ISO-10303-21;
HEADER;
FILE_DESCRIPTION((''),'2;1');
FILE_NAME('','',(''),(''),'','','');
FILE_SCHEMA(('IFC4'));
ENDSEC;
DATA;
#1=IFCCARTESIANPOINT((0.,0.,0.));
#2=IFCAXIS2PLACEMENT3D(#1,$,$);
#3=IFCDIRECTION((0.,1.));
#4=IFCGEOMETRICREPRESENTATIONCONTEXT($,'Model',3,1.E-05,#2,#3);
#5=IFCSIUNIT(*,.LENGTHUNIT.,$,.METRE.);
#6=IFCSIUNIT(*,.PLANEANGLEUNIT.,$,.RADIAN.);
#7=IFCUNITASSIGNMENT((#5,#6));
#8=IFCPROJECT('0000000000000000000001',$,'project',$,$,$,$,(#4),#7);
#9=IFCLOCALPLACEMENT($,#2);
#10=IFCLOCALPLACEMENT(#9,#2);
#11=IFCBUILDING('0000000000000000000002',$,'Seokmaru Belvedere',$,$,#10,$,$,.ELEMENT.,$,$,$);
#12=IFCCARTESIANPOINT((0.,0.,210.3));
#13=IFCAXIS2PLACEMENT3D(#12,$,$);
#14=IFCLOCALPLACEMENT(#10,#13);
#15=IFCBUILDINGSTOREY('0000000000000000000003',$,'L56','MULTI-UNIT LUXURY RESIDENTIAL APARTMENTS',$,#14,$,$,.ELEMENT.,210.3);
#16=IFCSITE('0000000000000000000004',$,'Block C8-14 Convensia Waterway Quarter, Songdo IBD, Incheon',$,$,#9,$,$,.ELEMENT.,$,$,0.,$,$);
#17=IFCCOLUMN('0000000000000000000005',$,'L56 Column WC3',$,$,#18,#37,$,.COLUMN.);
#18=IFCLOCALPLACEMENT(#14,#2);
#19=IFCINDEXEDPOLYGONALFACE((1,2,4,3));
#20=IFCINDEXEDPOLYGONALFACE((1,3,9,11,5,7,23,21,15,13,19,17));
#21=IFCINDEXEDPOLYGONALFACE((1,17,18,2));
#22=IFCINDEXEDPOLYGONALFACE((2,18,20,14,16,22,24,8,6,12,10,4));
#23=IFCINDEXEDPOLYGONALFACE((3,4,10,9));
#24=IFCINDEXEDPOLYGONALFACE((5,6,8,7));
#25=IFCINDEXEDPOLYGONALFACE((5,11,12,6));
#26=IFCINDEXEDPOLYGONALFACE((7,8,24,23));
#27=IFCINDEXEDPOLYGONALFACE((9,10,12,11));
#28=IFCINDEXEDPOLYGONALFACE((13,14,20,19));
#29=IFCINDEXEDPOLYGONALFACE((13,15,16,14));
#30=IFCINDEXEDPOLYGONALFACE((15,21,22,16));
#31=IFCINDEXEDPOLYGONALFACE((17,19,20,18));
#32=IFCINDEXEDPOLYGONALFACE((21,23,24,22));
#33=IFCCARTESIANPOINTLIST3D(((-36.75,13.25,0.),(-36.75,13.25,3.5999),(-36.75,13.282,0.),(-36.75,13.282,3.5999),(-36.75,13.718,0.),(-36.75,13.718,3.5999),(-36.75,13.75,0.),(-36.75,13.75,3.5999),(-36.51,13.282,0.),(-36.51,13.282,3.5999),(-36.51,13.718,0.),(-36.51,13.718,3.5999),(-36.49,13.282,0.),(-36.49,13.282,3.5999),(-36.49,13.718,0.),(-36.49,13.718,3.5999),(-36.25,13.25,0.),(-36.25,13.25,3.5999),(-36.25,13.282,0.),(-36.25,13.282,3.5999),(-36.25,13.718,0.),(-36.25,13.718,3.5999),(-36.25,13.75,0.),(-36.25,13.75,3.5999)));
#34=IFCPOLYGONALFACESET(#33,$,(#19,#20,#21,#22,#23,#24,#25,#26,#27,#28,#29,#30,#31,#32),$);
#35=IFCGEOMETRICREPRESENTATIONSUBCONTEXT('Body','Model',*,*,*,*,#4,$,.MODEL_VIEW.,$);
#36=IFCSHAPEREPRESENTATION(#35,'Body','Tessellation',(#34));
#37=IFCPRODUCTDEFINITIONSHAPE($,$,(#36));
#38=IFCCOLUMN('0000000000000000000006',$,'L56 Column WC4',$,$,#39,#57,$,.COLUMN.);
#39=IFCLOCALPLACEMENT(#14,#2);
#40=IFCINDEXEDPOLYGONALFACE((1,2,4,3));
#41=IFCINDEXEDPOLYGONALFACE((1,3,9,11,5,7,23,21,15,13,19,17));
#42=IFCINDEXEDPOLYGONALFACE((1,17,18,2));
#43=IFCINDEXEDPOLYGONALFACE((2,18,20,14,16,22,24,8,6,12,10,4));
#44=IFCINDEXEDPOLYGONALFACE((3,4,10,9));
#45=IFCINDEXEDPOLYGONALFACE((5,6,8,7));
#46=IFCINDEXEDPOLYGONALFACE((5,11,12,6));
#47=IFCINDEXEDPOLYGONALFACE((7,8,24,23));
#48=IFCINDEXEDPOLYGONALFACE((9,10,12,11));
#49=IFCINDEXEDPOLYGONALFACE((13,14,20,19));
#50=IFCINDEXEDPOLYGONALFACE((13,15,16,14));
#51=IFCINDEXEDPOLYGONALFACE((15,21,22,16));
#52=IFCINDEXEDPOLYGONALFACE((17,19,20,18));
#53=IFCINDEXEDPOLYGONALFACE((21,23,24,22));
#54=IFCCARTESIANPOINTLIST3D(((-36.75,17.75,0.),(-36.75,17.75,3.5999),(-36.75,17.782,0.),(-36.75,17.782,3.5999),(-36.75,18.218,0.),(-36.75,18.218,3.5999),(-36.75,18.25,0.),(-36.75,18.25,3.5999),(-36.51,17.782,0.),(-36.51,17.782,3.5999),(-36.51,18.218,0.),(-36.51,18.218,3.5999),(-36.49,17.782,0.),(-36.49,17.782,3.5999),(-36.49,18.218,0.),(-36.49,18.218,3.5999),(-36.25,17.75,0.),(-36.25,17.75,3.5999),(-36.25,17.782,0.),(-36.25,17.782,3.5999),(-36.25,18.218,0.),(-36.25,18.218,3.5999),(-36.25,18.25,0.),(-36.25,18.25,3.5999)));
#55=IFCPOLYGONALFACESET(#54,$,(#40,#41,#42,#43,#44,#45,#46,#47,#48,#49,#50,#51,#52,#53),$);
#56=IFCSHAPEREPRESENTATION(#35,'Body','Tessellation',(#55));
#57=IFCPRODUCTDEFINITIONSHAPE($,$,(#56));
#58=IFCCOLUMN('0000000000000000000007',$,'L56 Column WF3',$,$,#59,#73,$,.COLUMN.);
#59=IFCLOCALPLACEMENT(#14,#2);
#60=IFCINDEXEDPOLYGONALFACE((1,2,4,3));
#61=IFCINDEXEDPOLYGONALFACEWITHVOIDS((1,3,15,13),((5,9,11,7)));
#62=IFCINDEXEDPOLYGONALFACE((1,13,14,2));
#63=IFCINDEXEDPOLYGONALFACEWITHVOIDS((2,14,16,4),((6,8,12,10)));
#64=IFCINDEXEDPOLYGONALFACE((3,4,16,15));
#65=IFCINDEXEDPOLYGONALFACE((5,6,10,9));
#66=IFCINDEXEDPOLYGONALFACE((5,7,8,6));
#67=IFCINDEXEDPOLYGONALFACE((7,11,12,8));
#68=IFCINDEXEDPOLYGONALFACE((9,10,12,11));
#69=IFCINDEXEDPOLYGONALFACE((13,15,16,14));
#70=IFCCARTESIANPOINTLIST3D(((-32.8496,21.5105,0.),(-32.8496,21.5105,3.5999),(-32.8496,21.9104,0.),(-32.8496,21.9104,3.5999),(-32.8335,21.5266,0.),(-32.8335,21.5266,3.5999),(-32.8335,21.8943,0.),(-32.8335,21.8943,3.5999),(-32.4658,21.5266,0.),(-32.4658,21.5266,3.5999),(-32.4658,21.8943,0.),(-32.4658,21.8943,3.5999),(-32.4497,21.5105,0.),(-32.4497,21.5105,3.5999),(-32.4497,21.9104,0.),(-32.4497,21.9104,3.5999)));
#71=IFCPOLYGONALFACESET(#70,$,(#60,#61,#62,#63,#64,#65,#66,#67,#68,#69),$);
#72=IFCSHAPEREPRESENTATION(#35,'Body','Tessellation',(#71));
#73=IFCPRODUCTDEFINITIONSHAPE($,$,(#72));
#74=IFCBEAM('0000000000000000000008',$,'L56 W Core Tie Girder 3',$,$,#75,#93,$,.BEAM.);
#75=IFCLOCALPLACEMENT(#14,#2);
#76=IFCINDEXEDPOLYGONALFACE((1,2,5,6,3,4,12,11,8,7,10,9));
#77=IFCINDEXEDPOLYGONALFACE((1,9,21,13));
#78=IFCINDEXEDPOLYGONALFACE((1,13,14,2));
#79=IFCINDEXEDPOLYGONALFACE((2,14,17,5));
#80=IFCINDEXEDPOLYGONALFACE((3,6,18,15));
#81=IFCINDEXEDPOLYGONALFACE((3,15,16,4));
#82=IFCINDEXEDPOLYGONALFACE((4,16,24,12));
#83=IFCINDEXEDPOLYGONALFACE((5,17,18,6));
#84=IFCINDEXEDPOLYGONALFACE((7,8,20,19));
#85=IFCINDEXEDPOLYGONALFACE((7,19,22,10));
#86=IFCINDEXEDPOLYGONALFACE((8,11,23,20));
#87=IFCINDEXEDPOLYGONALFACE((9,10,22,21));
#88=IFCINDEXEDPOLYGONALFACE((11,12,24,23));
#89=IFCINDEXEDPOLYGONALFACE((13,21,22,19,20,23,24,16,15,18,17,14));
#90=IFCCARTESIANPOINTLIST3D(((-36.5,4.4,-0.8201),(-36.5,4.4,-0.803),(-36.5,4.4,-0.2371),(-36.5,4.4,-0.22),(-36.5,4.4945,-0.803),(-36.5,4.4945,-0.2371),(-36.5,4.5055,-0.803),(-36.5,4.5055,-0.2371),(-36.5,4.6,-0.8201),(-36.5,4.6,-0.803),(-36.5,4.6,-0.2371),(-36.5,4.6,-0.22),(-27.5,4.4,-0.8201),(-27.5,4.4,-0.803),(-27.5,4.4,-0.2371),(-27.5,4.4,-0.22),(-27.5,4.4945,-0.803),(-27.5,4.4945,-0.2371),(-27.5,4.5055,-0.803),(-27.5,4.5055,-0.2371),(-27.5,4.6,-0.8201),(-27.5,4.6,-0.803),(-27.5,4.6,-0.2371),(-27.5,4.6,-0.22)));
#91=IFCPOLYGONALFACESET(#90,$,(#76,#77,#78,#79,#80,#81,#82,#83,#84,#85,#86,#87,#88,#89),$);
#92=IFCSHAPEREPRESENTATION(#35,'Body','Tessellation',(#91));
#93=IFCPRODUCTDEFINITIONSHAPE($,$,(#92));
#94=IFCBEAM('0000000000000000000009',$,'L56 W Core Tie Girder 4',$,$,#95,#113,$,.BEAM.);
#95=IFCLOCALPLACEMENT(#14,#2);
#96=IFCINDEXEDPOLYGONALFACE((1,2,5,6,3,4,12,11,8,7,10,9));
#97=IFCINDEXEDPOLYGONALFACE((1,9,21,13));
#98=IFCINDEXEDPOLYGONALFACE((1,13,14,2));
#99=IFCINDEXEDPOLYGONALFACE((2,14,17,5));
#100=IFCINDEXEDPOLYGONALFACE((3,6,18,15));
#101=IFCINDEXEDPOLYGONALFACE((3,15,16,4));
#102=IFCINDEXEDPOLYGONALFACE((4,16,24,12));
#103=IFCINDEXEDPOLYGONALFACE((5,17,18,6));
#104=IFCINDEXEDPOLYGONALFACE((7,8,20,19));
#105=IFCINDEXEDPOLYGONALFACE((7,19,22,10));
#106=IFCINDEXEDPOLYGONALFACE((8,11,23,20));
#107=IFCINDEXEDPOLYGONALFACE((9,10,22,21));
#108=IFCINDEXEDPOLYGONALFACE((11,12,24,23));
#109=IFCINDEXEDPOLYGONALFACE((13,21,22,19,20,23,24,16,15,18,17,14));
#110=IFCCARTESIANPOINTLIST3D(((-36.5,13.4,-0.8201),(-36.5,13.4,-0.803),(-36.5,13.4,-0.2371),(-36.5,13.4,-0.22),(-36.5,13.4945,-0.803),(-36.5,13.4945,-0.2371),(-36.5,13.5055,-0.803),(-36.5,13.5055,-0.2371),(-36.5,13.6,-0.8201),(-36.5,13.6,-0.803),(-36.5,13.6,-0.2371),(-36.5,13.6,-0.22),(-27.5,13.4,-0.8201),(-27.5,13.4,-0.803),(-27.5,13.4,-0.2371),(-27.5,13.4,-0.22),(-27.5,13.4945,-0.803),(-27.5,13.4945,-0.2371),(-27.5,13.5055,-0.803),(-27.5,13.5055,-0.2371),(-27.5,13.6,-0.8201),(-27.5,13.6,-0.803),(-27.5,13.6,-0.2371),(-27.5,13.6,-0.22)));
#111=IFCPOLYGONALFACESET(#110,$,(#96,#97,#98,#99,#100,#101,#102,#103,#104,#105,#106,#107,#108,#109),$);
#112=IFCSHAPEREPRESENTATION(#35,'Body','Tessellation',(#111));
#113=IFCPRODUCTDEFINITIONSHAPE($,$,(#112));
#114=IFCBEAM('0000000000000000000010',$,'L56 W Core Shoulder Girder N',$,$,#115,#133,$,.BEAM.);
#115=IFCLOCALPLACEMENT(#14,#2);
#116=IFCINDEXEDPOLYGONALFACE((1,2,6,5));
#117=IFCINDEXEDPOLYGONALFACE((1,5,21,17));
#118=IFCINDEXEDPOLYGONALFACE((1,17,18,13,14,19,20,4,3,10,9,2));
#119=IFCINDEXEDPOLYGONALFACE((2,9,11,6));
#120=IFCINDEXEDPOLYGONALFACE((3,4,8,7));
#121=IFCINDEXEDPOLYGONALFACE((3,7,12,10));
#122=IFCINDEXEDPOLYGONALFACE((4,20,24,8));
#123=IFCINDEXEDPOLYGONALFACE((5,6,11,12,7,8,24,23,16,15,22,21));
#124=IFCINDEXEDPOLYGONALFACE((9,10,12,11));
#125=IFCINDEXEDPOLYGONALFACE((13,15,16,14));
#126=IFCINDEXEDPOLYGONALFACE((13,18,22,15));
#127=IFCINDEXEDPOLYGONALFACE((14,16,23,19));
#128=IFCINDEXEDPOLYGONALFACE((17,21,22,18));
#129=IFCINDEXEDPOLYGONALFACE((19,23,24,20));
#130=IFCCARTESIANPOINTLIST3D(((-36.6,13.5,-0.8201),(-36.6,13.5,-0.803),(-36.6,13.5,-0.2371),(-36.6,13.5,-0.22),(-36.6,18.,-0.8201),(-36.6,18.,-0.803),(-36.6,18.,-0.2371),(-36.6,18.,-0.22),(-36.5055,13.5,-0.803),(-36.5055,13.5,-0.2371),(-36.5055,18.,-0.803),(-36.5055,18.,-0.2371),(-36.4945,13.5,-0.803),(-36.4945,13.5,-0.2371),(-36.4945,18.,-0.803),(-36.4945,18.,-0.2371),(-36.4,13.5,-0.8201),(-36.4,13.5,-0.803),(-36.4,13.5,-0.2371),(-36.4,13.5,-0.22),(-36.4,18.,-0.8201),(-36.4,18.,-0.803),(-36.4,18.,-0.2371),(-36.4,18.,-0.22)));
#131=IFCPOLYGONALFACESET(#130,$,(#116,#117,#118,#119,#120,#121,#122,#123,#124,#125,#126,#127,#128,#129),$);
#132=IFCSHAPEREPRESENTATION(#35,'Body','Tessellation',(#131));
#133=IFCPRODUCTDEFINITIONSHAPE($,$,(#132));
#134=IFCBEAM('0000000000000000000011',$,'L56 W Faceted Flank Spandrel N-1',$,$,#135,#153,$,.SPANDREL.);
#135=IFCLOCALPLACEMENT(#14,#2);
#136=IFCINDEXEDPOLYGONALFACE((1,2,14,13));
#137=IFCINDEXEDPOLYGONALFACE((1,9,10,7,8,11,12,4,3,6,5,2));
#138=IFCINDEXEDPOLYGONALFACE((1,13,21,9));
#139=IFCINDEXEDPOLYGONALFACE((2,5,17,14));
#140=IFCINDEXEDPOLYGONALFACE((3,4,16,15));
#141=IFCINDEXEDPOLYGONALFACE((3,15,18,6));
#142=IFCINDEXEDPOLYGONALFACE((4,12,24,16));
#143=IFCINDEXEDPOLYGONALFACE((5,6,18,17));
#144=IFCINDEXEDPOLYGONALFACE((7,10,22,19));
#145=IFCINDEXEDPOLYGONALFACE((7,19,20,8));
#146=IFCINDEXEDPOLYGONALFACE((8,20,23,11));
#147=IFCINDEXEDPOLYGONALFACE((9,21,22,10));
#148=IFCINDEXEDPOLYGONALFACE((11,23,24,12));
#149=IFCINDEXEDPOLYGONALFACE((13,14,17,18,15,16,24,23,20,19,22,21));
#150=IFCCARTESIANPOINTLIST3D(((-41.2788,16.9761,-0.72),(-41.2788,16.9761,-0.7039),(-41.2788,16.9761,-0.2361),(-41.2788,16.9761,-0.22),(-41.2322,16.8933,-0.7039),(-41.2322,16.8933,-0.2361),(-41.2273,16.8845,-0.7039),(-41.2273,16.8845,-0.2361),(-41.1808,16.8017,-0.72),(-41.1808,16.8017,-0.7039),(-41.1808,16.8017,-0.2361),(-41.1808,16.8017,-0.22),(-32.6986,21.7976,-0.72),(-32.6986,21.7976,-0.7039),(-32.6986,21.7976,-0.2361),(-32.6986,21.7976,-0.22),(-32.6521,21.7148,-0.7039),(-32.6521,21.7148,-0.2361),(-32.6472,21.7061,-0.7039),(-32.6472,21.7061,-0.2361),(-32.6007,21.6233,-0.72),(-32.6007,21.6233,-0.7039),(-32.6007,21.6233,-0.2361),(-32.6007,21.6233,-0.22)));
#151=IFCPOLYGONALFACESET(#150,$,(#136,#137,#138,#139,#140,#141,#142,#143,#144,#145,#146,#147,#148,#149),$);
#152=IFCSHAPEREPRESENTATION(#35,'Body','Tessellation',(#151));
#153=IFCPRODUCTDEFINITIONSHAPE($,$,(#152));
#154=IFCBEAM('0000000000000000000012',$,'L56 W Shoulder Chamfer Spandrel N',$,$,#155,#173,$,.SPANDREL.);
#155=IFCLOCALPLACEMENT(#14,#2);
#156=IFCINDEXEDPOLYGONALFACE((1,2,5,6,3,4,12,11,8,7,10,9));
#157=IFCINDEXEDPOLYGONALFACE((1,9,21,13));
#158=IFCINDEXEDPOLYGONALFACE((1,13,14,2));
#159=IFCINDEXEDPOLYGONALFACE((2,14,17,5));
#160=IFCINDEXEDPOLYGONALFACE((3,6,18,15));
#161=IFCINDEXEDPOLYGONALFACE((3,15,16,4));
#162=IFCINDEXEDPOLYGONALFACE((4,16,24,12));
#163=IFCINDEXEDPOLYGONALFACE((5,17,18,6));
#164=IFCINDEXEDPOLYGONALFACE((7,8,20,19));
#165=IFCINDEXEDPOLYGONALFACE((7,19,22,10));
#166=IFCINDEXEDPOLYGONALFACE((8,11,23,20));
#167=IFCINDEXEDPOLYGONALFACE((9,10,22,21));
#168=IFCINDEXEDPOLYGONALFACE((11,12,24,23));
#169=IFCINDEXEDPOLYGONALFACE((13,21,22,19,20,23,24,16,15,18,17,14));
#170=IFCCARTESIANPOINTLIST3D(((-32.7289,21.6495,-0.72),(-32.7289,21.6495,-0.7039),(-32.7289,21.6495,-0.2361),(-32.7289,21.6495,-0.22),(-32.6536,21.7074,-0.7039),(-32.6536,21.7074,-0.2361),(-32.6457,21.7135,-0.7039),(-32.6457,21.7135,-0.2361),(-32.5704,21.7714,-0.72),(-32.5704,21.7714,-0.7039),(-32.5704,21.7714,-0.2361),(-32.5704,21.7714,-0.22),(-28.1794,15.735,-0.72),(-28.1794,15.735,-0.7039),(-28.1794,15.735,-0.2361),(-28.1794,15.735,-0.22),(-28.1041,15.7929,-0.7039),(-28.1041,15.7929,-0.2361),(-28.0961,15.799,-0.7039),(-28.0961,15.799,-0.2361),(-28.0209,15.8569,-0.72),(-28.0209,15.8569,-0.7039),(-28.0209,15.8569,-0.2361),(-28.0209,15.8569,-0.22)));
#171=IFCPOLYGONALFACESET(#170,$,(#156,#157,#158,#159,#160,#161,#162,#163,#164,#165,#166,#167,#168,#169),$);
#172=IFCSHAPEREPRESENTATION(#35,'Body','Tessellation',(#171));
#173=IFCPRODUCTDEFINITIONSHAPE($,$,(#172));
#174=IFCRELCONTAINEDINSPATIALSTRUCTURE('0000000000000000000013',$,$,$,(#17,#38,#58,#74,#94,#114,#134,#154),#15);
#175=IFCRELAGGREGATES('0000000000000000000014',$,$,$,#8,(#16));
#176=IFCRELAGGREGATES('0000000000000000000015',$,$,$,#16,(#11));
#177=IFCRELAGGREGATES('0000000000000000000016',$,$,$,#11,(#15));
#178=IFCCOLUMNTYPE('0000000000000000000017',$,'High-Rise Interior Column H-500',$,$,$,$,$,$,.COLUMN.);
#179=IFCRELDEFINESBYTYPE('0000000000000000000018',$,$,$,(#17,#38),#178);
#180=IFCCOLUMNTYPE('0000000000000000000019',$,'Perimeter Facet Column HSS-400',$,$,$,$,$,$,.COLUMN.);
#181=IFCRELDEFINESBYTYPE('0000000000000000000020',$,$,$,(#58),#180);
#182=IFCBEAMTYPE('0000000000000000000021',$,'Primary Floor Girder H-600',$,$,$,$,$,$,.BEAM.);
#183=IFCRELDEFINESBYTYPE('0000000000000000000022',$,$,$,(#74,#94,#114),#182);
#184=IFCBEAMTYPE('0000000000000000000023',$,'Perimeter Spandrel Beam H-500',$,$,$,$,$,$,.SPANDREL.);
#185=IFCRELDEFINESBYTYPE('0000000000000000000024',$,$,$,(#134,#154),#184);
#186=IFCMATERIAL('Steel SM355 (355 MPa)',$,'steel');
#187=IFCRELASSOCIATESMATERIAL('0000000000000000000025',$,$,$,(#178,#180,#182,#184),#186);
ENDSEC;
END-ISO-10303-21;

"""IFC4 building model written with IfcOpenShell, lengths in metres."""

from ifc_helpers import new_model, si_unit, direction, frame, origin, origin_2d, place, context, subcontext, project, spatial, hollow_rectangle, i_section, extrude, source, transform, mapped, material, material_profile, profile_set, type_object, type_shapes, element, save


model = new_model("IFC4")

# Units and contexts
model_context = context("Model", 3, precision=1e-05, world=origin(), true_north=direction((0.0, 1.0)))
body_context = subcontext(model_context, "Body", "Model", "MODEL_VIEW")
ifc_project = project(units=[si_unit("LENGTHUNIT", "METRE"), si_unit("PLANEANGLEUNIT", "RADIAN")], contexts=[model_context])

# Site, building, storey
site_placement = place(None, origin())
site = spatial("IfcSite", under=ifc_project, at=site_placement, Name="Block C8-14 Convensia Waterway Quarter, Songdo IBD, Incheon", CompositionType="ELEMENT", RefElevation=0.0)
building_placement = place(site_placement, origin())
building = spatial("IfcBuilding", under=site, at=building_placement, Name="Seokmaru Belvedere", CompositionType="ELEMENT")
storey_placement = place(building_placement, frame((0.0, 0.0, 210.3)))
storey = spatial("IfcBuildingStorey", under=building, at=storey_placement, Name="L56", Description="MULTI-UNIT LUXURY RESIDENTIAL APARTMENTS", CompositionType="ELEMENT", Elevation=210.3)

# Columns
ifc_material_1 = material(Name="Steel SM355 (355 MPa)", Category="steel")
ifc_material_profile_1 = material_profile(ifc_material_1, i_section(OverallWidth=0.5, OverallDepth=0.5, WebThickness=0.02, FlangeThickness=0.032, at=origin_2d()), Name="H-500x500x20x32")
ifc_profile_set_1 = profile_set([ifc_material_profile_1], Name="Steel SM355 (355 MPa)")
column_type_1 = type_object("IfcColumnType", Name="High-Rise Interior Column H-500", PredefinedType="COLUMN", material=ifc_profile_set_1)
shared_shape_1 = source(origin(), body_context, "Body", "SweptSolid", [
    extrude(i_section(OverallWidth=0.5, OverallDepth=0.5, WebThickness=0.02, FlangeThickness=0.032, at=origin_2d()), origin(), (0.0, 0.0, 1.0), 3.5999),
])
type_shapes(column_type_1, [shared_shape_1])
for number, where, z_axis, x_axis, name in (
    (1, (-36.5, 13.5, 0.0), (0.0, 0.0, 1.0), (1.0, 0.0, 0.0), "L56 Column WC3"),
    (2, (-36.5, 18.0, 0.0), (0.0, 0.0, 1.0), (1.0, 0.0, 0.0), "L56 Column WC4"),
):
    element("IfcColumn", number, at=place(storey_placement, frame(where, z_axis=z_axis, x_axis=x_axis)), inside=storey, type_object=column_type_1, Name=name, PredefinedType="COLUMN", context=body_context, shape_type="MappedRepresentation", body=[
        mapped(shared_shape_1, transform((0.0, 0.0, 0.0), scale=1.0)),
    ])
ifc_material_profile_2 = material_profile(ifc_material_1, hollow_rectangle(XDim=0.3999, YDim=0.3999, WallThickness=0.0161, at=origin_2d()), Name="HSS-400x400x16")
ifc_profile_set_2 = profile_set([ifc_material_profile_2], Name="Steel SM355 (355 MPa)")
column_type_2 = type_object("IfcColumnType", Name="Perimeter Facet Column HSS-400", PredefinedType="COLUMN", material=ifc_profile_set_2)
shared_shape_2 = source(origin(), body_context, "Body", "SweptSolid", [
    extrude(hollow_rectangle(XDim=0.3999, YDim=0.3999, WallThickness=0.0161, at=origin_2d()), origin(), (0.0, 0.0, 1.0), 3.5999),
])
type_shapes(column_type_2, [shared_shape_2])
column_placement = place(storey_placement, frame((-32.6497, 21.7104, 0.0), z_axis=(0.0, 0.0, 1.0), x_axis=(1.0, 0.0, 0.0)))
element("IfcColumn", 3, at=column_placement, inside=storey, type_object=column_type_2, Name="L56 Column WF3", PredefinedType="COLUMN", context=body_context, shape_type="MappedRepresentation", body=[
    mapped(shared_shape_2, transform((0.0, 0.0, 0.0), scale=1.0)),
])

# Beams
ifc_material_profile_3 = material_profile(ifc_material_1, i_section(OverallWidth=0.2, OverallDepth=0.6001, WebThickness=0.011, FlangeThickness=0.0171, at=origin_2d()), Name="H-600x200x11x17")
ifc_profile_set_3 = profile_set([ifc_material_profile_3], Name="Steel SM355 (355 MPa)")
beam_type_1 = type_object("IfcBeamType", Name="Primary Floor Girder H-600", PredefinedType="BEAM", material=ifc_profile_set_3)
shared_shape_3 = source(origin(), body_context, "Body", "SweptSolid", [
    extrude(i_section(OverallWidth=0.2, OverallDepth=0.6001, WebThickness=0.011, FlangeThickness=0.0171, at=origin_2d()), origin(), (0.0, 0.0, 1.0), 9.0),
])
for number, where, z_axis, x_axis, name in (
    (4, (-36.5, 4.5, -0.52), (1.0, 0.0, 0.0), (0.0, 1.0, 0.0), "L56 W Core Tie Girder 3"),
    (5, (-36.5, 13.5, -0.52), (1.0, 0.0, 0.0), (0.0, 1.0, 0.0), "L56 W Core Tie Girder 4"),
):
    element("IfcBeam", number, at=place(storey_placement, frame(where, z_axis=z_axis, x_axis=x_axis)), inside=storey, type_object=beam_type_1, Name=name, PredefinedType="BEAM", context=body_context, shape_type="MappedRepresentation", body=[
        mapped(shared_shape_3, transform((0.0, 0.0, 0.0), scale=1.0)),
    ])
shared_shape_4 = source(origin(), body_context, "Body", "SweptSolid", [
    extrude(i_section(OverallWidth=0.2, OverallDepth=0.6001, WebThickness=0.011, FlangeThickness=0.0171, at=origin_2d()), origin(), (0.0, 0.0, 1.0), 4.5),
])
type_shapes(beam_type_1, [shared_shape_3, shared_shape_4])
beam_1_placement = place(storey_placement, frame((-36.5, 13.5, -0.52), z_axis=(0.0, 1.0, 0.0), x_axis=(-1.0, 0.0, 0.0)))
element("IfcBeam", 6, at=beam_1_placement, inside=storey, type_object=beam_type_1, Name="L56 W Core Shoulder Girder N", PredefinedType="BEAM", context=body_context, shape_type="MappedRepresentation", body=[
    mapped(shared_shape_4, transform((0.0, 0.0, 0.0), scale=1.0)),
])
ifc_material_profile_4 = material_profile(ifc_material_1, i_section(OverallWidth=0.2, OverallDepth=0.5, WebThickness=0.01, FlangeThickness=0.0161, at=origin_2d()), Name="H-500x200x10x16")
ifc_profile_set_4 = profile_set([ifc_material_profile_4], Name="Steel SM355 (355 MPa)")
beam_type_2 = type_object("IfcBeamType", Name="Perimeter Spandrel Beam H-500", PredefinedType="SPANDREL", material=ifc_profile_set_4)
shared_shape_5 = source(origin(), body_context, "Body", "SweptSolid", [
    extrude(i_section(OverallWidth=0.2, OverallDepth=0.5, WebThickness=0.01, FlangeThickness=0.0161, at=origin_2d()), origin(), (0.0, 0.0, 1.0), 9.842),
])
beam_2_placement = place(storey_placement, frame((-32.6497, 21.7104, -0.47), z_axis=(-0.871782, -0.489894, 0.0), x_axis=(0.489894, -0.871782, 0.0)))
element("IfcBeam", 7, at=beam_2_placement, inside=storey, type_object=beam_type_2, Name="L56 W Faceted Flank Spandrel N-1", PredefinedType="SPANDREL", context=body_context, shape_type="MappedRepresentation", body=[
    mapped(shared_shape_5, transform((0.0, 0.0, 0.0), scale=1.0)),
])
shared_shape_6 = source(origin(), body_context, "Body", "SweptSolid", [
    extrude(i_section(OverallWidth=0.2, OverallDepth=0.5, WebThickness=0.01, FlangeThickness=0.0161, at=origin_2d()), origin(), (0.0, 0.0, 1.0), 7.4619),
])
type_shapes(beam_type_2, [shared_shape_5, shared_shape_6])
beam_3_placement = place(storey_placement, frame((-32.6497, 21.7104, -0.47), z_axis=(0.609703, -0.79263, 0.0), x_axis=(0.79263, 0.609703, 0.0)))
element("IfcBeam", 8, at=beam_3_placement, inside=storey, type_object=beam_type_2, Name="L56 W Shoulder Chamfer Spandrel N", PredefinedType="SPANDREL", context=body_context, shape_type="MappedRepresentation", body=[
    mapped(shared_shape_6, transform((0.0, 0.0, 0.0), scale=1.0)),
])

save(model, "model.ifc")
